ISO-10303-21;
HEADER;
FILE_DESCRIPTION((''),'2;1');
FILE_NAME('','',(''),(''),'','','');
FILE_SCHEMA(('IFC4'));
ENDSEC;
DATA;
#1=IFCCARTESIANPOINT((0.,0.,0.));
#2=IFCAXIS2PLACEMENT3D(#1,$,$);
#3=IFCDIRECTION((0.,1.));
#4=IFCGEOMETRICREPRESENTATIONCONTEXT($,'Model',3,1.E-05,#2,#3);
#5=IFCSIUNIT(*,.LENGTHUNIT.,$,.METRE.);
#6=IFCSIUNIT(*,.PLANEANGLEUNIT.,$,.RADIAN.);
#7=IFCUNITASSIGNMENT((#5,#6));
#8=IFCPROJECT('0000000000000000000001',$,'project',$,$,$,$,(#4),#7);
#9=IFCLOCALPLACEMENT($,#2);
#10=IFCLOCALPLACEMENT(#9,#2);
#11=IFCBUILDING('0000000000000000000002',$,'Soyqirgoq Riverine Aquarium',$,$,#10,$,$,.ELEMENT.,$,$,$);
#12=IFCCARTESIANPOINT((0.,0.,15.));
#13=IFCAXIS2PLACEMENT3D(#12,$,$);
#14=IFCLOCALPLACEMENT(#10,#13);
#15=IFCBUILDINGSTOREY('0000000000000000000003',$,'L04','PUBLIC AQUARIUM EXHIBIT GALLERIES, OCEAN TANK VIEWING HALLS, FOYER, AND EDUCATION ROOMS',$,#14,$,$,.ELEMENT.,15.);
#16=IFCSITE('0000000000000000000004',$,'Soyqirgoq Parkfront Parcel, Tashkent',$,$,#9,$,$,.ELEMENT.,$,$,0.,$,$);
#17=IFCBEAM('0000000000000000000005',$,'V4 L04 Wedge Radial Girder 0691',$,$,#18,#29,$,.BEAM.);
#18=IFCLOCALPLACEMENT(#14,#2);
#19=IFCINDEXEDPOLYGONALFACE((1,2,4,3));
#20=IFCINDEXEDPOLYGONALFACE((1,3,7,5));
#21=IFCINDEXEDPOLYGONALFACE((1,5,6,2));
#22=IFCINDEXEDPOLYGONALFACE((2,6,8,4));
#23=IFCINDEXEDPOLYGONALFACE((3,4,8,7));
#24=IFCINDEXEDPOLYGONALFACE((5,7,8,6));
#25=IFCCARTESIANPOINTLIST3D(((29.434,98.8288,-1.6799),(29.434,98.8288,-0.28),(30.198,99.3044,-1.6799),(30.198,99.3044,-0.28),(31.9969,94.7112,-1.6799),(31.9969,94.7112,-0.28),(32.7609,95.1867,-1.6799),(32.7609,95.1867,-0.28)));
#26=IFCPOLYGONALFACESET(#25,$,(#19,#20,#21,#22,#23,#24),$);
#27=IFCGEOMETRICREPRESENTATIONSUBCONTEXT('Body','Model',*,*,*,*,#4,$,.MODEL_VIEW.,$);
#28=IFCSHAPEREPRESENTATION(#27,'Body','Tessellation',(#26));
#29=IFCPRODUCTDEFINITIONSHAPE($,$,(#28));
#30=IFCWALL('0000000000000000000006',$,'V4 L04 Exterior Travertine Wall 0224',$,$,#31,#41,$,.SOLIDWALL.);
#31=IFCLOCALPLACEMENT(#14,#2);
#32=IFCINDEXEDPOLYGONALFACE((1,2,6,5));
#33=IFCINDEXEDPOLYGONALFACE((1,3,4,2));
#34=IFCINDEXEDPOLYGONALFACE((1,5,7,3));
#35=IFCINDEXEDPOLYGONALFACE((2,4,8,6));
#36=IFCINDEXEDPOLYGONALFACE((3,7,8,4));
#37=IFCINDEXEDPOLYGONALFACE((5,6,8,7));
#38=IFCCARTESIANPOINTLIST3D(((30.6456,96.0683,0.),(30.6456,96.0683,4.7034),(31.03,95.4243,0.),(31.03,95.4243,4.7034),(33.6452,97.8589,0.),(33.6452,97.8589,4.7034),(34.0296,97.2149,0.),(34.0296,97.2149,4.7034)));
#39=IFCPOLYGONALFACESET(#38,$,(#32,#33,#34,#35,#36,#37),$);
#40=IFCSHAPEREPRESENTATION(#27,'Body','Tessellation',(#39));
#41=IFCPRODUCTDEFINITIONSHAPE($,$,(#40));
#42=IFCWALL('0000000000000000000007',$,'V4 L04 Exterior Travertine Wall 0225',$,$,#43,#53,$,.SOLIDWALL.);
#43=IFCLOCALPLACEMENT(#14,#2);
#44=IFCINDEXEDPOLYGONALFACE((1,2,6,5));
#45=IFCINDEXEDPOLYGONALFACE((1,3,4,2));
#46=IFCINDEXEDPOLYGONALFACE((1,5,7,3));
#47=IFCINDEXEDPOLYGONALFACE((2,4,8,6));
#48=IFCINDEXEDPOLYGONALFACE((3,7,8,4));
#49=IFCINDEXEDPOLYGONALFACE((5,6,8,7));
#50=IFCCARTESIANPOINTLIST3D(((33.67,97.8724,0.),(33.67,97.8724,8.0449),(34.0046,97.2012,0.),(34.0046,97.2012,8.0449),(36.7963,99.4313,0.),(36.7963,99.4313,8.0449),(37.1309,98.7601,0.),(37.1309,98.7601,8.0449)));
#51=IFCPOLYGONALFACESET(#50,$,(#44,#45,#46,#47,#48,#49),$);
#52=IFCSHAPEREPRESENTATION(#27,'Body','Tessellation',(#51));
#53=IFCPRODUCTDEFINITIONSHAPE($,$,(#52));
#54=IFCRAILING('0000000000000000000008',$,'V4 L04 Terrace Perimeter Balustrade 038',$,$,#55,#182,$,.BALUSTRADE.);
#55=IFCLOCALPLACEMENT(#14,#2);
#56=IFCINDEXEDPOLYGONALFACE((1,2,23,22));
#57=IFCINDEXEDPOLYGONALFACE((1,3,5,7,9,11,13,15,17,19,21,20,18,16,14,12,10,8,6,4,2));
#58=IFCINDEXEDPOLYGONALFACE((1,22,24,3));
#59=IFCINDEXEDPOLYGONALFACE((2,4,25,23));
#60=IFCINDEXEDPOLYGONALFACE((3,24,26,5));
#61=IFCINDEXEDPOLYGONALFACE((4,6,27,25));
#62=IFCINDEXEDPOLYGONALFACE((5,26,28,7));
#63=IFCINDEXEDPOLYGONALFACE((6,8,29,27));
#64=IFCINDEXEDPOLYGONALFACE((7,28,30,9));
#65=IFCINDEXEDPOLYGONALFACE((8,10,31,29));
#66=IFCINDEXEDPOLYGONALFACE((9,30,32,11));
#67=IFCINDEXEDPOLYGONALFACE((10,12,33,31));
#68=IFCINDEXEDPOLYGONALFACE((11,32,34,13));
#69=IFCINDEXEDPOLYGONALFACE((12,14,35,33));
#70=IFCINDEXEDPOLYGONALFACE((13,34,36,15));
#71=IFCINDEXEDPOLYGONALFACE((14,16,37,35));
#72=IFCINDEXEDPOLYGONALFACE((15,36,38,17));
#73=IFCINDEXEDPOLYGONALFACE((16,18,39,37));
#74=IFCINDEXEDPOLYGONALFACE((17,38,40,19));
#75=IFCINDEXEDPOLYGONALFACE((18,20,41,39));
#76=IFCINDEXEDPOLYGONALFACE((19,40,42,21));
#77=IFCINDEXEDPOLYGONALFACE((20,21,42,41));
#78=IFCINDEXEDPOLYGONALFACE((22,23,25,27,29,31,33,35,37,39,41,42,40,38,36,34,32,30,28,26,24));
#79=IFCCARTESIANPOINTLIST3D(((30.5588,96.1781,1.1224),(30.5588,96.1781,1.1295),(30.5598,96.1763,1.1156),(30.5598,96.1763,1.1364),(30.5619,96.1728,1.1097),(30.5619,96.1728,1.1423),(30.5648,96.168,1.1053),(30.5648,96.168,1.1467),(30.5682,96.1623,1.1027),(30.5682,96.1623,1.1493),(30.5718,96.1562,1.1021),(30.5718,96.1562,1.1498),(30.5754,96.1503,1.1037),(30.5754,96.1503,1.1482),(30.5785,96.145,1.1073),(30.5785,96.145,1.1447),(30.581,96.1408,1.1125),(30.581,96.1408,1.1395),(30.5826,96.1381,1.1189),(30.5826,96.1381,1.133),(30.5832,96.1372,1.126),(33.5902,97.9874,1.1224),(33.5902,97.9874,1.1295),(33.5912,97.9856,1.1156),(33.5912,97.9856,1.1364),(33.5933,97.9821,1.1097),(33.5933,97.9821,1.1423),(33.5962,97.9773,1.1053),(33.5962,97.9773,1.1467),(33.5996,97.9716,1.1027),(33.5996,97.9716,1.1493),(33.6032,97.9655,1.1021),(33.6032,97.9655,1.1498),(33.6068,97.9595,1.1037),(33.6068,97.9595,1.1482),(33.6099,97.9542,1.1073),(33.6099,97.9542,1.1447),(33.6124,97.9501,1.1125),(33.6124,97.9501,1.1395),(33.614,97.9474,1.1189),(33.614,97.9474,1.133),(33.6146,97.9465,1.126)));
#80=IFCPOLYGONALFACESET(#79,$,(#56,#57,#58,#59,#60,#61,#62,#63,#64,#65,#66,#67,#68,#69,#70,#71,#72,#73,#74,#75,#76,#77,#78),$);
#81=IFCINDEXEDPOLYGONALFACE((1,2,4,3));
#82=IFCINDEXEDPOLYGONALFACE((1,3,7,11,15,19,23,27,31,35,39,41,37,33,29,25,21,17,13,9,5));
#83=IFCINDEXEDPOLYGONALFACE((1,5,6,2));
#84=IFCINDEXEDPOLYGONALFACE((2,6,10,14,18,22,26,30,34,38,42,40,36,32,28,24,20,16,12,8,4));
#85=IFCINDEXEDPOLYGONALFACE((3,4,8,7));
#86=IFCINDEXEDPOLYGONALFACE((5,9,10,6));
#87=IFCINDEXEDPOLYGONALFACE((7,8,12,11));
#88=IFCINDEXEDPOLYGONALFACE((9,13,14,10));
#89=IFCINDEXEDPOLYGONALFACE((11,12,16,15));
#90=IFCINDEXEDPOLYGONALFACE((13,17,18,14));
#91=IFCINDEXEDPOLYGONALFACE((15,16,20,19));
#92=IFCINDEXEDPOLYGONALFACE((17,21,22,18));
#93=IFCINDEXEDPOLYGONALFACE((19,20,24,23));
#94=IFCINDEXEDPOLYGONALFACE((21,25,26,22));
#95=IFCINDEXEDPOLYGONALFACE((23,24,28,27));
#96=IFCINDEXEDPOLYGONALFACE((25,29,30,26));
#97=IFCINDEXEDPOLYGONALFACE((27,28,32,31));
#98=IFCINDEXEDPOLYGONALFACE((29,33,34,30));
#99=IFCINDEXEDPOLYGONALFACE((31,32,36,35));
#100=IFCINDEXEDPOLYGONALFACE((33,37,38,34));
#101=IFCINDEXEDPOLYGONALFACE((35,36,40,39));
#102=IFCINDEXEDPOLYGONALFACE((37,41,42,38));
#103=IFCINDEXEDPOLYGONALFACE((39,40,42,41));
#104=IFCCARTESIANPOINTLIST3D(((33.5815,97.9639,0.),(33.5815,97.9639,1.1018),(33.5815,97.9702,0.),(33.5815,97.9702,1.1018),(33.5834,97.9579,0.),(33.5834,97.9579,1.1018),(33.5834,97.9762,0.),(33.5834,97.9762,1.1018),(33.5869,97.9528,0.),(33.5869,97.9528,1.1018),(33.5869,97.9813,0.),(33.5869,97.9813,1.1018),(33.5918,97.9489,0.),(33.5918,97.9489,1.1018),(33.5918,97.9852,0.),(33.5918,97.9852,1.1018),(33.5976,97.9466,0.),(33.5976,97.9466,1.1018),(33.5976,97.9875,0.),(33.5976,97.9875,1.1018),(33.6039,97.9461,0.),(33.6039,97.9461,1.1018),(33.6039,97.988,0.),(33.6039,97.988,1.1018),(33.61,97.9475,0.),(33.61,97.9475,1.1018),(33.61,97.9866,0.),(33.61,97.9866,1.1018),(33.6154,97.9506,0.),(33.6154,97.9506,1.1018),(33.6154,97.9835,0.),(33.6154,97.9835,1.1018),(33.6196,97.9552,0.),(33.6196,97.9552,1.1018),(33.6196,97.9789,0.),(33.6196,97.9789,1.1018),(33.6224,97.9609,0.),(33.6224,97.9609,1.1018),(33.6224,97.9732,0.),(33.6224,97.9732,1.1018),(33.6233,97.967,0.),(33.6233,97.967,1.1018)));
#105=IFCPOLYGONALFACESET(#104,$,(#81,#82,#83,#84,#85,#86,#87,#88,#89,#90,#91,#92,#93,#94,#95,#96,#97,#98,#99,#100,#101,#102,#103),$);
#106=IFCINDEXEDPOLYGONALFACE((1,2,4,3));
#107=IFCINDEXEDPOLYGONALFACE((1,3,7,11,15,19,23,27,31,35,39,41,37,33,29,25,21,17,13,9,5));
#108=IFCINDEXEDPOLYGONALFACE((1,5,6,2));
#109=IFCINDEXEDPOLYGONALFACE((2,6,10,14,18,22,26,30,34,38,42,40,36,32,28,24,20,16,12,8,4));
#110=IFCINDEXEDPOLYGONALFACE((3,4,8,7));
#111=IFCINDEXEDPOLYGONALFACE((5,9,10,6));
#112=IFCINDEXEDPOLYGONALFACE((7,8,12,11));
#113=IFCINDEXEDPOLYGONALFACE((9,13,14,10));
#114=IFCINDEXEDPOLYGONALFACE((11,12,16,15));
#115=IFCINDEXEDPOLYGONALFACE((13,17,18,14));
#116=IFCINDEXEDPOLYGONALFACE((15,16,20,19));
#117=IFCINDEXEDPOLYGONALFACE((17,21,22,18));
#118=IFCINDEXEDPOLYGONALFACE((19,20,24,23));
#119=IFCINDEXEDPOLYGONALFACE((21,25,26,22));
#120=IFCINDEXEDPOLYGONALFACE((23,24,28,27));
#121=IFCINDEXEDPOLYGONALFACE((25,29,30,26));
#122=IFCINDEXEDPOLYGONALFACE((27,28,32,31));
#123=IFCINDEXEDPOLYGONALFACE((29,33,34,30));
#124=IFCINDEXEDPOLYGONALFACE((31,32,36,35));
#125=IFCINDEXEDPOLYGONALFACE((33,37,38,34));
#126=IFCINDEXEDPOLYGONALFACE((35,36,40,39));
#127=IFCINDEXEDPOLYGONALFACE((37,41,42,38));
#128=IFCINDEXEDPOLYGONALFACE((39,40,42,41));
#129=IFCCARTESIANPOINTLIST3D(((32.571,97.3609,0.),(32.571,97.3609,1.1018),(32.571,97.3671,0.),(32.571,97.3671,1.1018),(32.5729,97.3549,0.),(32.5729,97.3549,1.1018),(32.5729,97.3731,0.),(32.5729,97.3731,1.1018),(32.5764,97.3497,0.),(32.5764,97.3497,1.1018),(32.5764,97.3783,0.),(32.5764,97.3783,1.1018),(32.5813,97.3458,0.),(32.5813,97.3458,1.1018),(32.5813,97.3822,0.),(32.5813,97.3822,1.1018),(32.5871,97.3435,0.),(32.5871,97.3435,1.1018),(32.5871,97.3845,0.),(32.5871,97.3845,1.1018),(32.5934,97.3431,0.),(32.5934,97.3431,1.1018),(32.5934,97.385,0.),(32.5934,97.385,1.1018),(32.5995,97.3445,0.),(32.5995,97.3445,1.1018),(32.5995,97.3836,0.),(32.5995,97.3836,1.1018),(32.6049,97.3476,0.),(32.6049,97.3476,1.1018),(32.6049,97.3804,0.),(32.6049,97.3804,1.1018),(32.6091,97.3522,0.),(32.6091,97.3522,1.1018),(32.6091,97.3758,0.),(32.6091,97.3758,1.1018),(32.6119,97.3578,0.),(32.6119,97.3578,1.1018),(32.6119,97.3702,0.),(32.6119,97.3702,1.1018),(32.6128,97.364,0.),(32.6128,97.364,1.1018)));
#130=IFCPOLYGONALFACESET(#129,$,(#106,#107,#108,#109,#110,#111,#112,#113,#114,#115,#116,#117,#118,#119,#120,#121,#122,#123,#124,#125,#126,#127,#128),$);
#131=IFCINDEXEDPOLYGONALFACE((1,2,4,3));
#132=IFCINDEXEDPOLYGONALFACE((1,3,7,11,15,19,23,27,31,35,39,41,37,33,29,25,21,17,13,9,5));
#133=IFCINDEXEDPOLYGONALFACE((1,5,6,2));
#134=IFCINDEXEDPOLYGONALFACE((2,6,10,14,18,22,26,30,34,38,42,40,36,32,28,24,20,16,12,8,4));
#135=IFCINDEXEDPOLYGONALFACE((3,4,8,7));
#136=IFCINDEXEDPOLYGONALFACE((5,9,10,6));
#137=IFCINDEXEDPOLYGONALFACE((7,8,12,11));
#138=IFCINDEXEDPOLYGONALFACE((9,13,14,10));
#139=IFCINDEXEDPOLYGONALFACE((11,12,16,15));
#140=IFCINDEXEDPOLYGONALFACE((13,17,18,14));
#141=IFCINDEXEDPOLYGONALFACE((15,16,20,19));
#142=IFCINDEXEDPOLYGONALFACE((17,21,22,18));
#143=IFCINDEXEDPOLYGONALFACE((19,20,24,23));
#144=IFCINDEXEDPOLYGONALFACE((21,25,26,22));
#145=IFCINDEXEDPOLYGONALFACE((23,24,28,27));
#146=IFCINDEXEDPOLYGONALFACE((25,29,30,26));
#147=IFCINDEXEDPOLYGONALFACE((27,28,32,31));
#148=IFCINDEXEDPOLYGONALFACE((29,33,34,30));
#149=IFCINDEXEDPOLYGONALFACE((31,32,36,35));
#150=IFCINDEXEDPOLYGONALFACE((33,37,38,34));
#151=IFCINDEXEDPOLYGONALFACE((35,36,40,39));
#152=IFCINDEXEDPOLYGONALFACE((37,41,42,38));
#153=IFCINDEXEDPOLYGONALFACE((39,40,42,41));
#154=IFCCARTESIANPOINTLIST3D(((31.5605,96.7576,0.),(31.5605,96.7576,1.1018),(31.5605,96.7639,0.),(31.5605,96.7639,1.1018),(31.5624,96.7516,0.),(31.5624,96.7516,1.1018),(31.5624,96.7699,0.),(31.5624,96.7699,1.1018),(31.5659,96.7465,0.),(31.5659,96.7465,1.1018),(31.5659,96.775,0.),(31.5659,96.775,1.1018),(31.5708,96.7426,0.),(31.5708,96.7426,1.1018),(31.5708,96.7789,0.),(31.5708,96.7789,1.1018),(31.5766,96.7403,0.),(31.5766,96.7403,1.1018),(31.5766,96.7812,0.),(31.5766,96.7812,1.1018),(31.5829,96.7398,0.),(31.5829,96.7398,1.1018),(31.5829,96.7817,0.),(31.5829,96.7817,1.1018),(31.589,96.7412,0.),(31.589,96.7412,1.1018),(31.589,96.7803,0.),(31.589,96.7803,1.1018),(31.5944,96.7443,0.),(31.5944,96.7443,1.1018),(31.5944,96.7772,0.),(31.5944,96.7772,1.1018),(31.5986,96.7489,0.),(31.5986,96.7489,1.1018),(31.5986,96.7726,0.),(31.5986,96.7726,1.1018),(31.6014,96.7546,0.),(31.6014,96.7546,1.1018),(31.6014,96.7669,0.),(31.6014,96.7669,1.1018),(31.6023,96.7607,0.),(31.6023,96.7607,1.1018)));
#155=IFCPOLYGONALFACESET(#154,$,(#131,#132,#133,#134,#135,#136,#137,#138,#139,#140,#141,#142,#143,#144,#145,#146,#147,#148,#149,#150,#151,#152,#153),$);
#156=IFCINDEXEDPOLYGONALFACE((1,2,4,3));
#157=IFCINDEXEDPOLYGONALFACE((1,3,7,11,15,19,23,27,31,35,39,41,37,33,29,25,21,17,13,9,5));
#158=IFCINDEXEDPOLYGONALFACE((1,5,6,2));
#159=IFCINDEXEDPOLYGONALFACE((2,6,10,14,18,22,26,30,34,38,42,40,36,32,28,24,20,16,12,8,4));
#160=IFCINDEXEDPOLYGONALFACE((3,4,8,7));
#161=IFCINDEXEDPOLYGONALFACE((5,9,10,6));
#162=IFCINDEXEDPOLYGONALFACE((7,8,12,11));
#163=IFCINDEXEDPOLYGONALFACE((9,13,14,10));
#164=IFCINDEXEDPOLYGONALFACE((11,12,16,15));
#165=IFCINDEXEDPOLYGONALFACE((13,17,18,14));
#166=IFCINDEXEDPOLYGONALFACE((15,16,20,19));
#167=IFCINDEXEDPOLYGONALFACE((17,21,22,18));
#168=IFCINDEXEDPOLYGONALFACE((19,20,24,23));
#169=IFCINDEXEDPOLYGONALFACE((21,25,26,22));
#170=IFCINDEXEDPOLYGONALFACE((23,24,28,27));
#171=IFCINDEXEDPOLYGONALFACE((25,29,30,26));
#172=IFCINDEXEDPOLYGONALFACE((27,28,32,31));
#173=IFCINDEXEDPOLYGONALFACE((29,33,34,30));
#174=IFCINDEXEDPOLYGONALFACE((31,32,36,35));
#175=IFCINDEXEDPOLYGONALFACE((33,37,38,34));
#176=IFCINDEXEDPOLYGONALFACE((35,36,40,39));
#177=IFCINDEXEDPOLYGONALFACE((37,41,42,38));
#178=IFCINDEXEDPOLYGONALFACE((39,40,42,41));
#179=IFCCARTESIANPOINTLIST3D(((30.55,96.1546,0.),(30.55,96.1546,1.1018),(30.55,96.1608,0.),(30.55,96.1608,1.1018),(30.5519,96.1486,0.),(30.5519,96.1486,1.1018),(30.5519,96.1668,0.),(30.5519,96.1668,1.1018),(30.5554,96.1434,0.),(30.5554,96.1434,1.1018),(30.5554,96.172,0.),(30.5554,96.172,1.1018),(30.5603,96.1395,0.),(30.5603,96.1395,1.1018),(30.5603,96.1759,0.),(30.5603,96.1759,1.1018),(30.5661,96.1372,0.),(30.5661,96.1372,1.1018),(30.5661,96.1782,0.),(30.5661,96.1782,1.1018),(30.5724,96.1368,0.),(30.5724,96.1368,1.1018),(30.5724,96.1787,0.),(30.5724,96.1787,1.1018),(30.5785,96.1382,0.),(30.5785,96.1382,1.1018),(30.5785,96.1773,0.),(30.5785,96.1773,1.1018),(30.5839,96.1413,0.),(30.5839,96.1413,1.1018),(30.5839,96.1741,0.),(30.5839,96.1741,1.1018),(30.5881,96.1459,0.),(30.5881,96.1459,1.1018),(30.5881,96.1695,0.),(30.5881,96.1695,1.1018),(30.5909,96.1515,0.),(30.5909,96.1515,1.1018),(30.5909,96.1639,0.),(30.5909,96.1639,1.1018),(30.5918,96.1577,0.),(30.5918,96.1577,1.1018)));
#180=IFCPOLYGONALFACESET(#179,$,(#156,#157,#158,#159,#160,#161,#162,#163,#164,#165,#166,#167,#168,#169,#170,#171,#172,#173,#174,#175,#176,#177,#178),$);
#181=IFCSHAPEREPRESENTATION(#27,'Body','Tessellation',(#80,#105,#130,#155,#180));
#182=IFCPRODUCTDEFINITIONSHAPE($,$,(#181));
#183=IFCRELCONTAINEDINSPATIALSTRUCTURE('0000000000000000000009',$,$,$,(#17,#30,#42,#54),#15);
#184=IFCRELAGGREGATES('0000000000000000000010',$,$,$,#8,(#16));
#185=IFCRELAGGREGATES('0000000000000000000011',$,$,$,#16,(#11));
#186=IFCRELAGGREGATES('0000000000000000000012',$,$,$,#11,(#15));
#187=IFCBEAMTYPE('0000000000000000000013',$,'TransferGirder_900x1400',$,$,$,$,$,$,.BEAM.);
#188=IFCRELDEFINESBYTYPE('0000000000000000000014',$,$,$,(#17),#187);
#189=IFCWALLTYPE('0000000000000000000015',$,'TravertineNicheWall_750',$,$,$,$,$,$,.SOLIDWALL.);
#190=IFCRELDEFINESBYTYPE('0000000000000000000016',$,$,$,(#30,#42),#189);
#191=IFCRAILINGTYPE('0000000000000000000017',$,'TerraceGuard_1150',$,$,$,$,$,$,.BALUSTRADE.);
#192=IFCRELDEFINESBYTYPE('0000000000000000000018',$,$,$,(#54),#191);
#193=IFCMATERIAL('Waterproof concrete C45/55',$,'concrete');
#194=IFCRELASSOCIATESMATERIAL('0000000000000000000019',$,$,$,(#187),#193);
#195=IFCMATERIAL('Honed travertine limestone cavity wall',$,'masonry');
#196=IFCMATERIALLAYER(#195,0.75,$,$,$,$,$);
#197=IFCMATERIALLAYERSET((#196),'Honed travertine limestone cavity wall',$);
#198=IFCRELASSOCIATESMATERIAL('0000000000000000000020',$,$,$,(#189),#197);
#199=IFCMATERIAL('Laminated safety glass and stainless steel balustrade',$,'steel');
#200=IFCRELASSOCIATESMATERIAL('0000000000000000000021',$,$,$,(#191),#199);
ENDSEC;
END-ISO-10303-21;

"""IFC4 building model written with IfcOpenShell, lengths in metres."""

from ifc_helpers import new_model, si_unit, direction, frame, frame_2d, origin, origin_2d, place, context, subcontext, project, spatial, rectangle, circle, extrude, material, layer, layer_set, material_profile, profile_set, type_object, element, save


model = new_model("IFC4")

# Units and contexts
model_context = context("Model", 3, precision=1e-05, world=origin(), true_north=direction((0.0, 1.0)))
body_context = subcontext(model_context, "Body", "Model", "MODEL_VIEW")
ifc_project = project(units=[si_unit("LENGTHUNIT", "METRE"), si_unit("PLANEANGLEUNIT", "RADIAN")], contexts=[model_context])

# Site, building, storey
site_placement = place(None, origin())
site = spatial("IfcSite", under=ifc_project, at=site_placement, Name="Soyqirgoq Parkfront Parcel, Tashkent", CompositionType="ELEMENT", RefElevation=0.0)
building_placement = place(site_placement, origin())
building = spatial("IfcBuilding", under=site, at=building_placement, Name="Soyqirgoq Riverine Aquarium", CompositionType="ELEMENT")
storey_placement = place(building_placement, frame((0.0, 0.0, 15.0)))
storey = spatial("IfcBuildingStorey", under=building, at=storey_placement, Name="L04", Description="PUBLIC AQUARIUM EXHIBIT GALLERIES, OCEAN TANK VIEWING HALLS, FOYER, AND EDUCATION ROOMS", CompositionType="ELEMENT", Elevation=15.0)

# Beam
ifc_material_1 = material(Name="Waterproof concrete C45/55", Category="concrete")
ifc_material_profile_1 = material_profile(ifc_material_1, rectangle(XDim=0.8999, YDim=1.3999, at=origin_2d()), Name="RC 900x1400")
ifc_profile_set_1 = profile_set([ifc_material_profile_1], Name="Waterproof concrete C45/55")
beam_type_1 = type_object("IfcBeamType", Name="TransferGirder_900x1400", PredefinedType="BEAM", material=ifc_profile_set_1)
beam_1_placement = place(storey_placement, frame((32.3789, 94.949, -0.98), z_axis=(-0.528433, 0.848975, 0.0), x_axis=(-0.848975, -0.528433, 0.0)))
element("IfcBeam", 1, at=beam_1_placement, inside=storey, type_object=beam_type_1, Name="V4 L04 Wedge Radial Girder 0691", PredefinedType="BEAM", context=body_context, shape_type="SweptSolid", body=[
    extrude(rectangle(XDim=0.8999, YDim=1.3999, at=origin_2d()), origin(), (0.0, 0.0, 1.0), 4.8501),
])

# Walls
ifc_material_2 = material(Name="Honed travertine limestone cavity wall", Category="masonry")
ifc_layer = layer(ifc_material_2, 0.75)
ifc_layer_set = layer_set([ifc_layer], Name="Honed travertine limestone cavity wall")
wall_type = type_object("IfcWallType", Name="TravertineNicheWall_750", PredefinedType="SOLIDWALL", material=ifc_layer_set)
wall_1_placement = place(storey_placement, frame((30.8379, 95.7463, 0.0), z_axis=(0.0, 0.0, 1.0), x_axis=(0.85865, 0.512562, 0.0)))
element("IfcWall", 2, at=wall_1_placement, inside=storey, type_object=wall_type, Name="V4 L04 Exterior Travertine Wall 0224", PredefinedType="SOLIDWALL", context=body_context, shape_type="SweptSolid", body=[
    extrude(rectangle(XDim=3.4934, YDim=0.75, at=frame_2d((1.7466, 0.0))), origin(), (0.0, 0.0, 1.0), 4.7034),
])
wall_2_placement = place(storey_placement, frame((33.8374, 97.5369, 0.0), z_axis=(0.0, 0.0, 1.0), x_axis=(0.894916, 0.446235, 0.0)))
element("IfcWall", 3, at=wall_2_placement, inside=storey, type_object=wall_type, Name="V4 L04 Exterior Travertine Wall 0225", PredefinedType="SOLIDWALL", context=body_context, shape_type="SweptSolid", body=[
    extrude(rectangle(XDim=3.4934, YDim=0.75, at=frame_2d((1.7466, 0.0))), origin(), (0.0, 0.0, 1.0), 8.0449),
])

# Railing
ifc_material_3 = material(Name="Laminated safety glass and stainless steel balustrade", Category="steel")
railing_type = type_object("IfcRailingType", Name="TerraceGuard_1150", PredefinedType="BALUSTRADE", material=ifc_material_3)
railing_1_placement = place(storey_placement, frame((33.6023, 97.967, 0.0)))
element("IfcRailing", 4, at=railing_1_placement, inside=storey, type_object=railing_type, Name="V4 L04 Terrace Perimeter Balustrade 038", PredefinedType="BALUSTRADE", context=body_context, shape_type="SweptSolid", body=[
    extrude(circle(Radius=0.0239, at=origin_2d()), frame((0.0, 0.0, 1.126), z_axis=(-0.858687, -0.512501, 0.0), x_axis=(0.512501, -0.858687, 0.0)), (0.0, 0.0, 1.0), 3.5303),
    extrude(circle(Radius=0.021, at=origin_2d()), origin(), (0.0, 0.0, 1.0), 1.1018),
    extrude(circle(Radius=0.021, at=origin_2d()), frame((-1.0105, -0.603, 0.0)), (0.0, 0.0, 1.0), 1.1018),
    extrude(circle(Radius=0.021, at=origin_2d()), frame((-2.021, -1.2063, 0.0)), (0.0, 0.0, 1.0), 1.1018),
    extrude(circle(Radius=0.021, at=origin_2d()), frame((-3.0315, -1.8093, 0.0)), (0.0, 0.0, 1.0), 1.1018),
])

save(model, "model.ifc")
